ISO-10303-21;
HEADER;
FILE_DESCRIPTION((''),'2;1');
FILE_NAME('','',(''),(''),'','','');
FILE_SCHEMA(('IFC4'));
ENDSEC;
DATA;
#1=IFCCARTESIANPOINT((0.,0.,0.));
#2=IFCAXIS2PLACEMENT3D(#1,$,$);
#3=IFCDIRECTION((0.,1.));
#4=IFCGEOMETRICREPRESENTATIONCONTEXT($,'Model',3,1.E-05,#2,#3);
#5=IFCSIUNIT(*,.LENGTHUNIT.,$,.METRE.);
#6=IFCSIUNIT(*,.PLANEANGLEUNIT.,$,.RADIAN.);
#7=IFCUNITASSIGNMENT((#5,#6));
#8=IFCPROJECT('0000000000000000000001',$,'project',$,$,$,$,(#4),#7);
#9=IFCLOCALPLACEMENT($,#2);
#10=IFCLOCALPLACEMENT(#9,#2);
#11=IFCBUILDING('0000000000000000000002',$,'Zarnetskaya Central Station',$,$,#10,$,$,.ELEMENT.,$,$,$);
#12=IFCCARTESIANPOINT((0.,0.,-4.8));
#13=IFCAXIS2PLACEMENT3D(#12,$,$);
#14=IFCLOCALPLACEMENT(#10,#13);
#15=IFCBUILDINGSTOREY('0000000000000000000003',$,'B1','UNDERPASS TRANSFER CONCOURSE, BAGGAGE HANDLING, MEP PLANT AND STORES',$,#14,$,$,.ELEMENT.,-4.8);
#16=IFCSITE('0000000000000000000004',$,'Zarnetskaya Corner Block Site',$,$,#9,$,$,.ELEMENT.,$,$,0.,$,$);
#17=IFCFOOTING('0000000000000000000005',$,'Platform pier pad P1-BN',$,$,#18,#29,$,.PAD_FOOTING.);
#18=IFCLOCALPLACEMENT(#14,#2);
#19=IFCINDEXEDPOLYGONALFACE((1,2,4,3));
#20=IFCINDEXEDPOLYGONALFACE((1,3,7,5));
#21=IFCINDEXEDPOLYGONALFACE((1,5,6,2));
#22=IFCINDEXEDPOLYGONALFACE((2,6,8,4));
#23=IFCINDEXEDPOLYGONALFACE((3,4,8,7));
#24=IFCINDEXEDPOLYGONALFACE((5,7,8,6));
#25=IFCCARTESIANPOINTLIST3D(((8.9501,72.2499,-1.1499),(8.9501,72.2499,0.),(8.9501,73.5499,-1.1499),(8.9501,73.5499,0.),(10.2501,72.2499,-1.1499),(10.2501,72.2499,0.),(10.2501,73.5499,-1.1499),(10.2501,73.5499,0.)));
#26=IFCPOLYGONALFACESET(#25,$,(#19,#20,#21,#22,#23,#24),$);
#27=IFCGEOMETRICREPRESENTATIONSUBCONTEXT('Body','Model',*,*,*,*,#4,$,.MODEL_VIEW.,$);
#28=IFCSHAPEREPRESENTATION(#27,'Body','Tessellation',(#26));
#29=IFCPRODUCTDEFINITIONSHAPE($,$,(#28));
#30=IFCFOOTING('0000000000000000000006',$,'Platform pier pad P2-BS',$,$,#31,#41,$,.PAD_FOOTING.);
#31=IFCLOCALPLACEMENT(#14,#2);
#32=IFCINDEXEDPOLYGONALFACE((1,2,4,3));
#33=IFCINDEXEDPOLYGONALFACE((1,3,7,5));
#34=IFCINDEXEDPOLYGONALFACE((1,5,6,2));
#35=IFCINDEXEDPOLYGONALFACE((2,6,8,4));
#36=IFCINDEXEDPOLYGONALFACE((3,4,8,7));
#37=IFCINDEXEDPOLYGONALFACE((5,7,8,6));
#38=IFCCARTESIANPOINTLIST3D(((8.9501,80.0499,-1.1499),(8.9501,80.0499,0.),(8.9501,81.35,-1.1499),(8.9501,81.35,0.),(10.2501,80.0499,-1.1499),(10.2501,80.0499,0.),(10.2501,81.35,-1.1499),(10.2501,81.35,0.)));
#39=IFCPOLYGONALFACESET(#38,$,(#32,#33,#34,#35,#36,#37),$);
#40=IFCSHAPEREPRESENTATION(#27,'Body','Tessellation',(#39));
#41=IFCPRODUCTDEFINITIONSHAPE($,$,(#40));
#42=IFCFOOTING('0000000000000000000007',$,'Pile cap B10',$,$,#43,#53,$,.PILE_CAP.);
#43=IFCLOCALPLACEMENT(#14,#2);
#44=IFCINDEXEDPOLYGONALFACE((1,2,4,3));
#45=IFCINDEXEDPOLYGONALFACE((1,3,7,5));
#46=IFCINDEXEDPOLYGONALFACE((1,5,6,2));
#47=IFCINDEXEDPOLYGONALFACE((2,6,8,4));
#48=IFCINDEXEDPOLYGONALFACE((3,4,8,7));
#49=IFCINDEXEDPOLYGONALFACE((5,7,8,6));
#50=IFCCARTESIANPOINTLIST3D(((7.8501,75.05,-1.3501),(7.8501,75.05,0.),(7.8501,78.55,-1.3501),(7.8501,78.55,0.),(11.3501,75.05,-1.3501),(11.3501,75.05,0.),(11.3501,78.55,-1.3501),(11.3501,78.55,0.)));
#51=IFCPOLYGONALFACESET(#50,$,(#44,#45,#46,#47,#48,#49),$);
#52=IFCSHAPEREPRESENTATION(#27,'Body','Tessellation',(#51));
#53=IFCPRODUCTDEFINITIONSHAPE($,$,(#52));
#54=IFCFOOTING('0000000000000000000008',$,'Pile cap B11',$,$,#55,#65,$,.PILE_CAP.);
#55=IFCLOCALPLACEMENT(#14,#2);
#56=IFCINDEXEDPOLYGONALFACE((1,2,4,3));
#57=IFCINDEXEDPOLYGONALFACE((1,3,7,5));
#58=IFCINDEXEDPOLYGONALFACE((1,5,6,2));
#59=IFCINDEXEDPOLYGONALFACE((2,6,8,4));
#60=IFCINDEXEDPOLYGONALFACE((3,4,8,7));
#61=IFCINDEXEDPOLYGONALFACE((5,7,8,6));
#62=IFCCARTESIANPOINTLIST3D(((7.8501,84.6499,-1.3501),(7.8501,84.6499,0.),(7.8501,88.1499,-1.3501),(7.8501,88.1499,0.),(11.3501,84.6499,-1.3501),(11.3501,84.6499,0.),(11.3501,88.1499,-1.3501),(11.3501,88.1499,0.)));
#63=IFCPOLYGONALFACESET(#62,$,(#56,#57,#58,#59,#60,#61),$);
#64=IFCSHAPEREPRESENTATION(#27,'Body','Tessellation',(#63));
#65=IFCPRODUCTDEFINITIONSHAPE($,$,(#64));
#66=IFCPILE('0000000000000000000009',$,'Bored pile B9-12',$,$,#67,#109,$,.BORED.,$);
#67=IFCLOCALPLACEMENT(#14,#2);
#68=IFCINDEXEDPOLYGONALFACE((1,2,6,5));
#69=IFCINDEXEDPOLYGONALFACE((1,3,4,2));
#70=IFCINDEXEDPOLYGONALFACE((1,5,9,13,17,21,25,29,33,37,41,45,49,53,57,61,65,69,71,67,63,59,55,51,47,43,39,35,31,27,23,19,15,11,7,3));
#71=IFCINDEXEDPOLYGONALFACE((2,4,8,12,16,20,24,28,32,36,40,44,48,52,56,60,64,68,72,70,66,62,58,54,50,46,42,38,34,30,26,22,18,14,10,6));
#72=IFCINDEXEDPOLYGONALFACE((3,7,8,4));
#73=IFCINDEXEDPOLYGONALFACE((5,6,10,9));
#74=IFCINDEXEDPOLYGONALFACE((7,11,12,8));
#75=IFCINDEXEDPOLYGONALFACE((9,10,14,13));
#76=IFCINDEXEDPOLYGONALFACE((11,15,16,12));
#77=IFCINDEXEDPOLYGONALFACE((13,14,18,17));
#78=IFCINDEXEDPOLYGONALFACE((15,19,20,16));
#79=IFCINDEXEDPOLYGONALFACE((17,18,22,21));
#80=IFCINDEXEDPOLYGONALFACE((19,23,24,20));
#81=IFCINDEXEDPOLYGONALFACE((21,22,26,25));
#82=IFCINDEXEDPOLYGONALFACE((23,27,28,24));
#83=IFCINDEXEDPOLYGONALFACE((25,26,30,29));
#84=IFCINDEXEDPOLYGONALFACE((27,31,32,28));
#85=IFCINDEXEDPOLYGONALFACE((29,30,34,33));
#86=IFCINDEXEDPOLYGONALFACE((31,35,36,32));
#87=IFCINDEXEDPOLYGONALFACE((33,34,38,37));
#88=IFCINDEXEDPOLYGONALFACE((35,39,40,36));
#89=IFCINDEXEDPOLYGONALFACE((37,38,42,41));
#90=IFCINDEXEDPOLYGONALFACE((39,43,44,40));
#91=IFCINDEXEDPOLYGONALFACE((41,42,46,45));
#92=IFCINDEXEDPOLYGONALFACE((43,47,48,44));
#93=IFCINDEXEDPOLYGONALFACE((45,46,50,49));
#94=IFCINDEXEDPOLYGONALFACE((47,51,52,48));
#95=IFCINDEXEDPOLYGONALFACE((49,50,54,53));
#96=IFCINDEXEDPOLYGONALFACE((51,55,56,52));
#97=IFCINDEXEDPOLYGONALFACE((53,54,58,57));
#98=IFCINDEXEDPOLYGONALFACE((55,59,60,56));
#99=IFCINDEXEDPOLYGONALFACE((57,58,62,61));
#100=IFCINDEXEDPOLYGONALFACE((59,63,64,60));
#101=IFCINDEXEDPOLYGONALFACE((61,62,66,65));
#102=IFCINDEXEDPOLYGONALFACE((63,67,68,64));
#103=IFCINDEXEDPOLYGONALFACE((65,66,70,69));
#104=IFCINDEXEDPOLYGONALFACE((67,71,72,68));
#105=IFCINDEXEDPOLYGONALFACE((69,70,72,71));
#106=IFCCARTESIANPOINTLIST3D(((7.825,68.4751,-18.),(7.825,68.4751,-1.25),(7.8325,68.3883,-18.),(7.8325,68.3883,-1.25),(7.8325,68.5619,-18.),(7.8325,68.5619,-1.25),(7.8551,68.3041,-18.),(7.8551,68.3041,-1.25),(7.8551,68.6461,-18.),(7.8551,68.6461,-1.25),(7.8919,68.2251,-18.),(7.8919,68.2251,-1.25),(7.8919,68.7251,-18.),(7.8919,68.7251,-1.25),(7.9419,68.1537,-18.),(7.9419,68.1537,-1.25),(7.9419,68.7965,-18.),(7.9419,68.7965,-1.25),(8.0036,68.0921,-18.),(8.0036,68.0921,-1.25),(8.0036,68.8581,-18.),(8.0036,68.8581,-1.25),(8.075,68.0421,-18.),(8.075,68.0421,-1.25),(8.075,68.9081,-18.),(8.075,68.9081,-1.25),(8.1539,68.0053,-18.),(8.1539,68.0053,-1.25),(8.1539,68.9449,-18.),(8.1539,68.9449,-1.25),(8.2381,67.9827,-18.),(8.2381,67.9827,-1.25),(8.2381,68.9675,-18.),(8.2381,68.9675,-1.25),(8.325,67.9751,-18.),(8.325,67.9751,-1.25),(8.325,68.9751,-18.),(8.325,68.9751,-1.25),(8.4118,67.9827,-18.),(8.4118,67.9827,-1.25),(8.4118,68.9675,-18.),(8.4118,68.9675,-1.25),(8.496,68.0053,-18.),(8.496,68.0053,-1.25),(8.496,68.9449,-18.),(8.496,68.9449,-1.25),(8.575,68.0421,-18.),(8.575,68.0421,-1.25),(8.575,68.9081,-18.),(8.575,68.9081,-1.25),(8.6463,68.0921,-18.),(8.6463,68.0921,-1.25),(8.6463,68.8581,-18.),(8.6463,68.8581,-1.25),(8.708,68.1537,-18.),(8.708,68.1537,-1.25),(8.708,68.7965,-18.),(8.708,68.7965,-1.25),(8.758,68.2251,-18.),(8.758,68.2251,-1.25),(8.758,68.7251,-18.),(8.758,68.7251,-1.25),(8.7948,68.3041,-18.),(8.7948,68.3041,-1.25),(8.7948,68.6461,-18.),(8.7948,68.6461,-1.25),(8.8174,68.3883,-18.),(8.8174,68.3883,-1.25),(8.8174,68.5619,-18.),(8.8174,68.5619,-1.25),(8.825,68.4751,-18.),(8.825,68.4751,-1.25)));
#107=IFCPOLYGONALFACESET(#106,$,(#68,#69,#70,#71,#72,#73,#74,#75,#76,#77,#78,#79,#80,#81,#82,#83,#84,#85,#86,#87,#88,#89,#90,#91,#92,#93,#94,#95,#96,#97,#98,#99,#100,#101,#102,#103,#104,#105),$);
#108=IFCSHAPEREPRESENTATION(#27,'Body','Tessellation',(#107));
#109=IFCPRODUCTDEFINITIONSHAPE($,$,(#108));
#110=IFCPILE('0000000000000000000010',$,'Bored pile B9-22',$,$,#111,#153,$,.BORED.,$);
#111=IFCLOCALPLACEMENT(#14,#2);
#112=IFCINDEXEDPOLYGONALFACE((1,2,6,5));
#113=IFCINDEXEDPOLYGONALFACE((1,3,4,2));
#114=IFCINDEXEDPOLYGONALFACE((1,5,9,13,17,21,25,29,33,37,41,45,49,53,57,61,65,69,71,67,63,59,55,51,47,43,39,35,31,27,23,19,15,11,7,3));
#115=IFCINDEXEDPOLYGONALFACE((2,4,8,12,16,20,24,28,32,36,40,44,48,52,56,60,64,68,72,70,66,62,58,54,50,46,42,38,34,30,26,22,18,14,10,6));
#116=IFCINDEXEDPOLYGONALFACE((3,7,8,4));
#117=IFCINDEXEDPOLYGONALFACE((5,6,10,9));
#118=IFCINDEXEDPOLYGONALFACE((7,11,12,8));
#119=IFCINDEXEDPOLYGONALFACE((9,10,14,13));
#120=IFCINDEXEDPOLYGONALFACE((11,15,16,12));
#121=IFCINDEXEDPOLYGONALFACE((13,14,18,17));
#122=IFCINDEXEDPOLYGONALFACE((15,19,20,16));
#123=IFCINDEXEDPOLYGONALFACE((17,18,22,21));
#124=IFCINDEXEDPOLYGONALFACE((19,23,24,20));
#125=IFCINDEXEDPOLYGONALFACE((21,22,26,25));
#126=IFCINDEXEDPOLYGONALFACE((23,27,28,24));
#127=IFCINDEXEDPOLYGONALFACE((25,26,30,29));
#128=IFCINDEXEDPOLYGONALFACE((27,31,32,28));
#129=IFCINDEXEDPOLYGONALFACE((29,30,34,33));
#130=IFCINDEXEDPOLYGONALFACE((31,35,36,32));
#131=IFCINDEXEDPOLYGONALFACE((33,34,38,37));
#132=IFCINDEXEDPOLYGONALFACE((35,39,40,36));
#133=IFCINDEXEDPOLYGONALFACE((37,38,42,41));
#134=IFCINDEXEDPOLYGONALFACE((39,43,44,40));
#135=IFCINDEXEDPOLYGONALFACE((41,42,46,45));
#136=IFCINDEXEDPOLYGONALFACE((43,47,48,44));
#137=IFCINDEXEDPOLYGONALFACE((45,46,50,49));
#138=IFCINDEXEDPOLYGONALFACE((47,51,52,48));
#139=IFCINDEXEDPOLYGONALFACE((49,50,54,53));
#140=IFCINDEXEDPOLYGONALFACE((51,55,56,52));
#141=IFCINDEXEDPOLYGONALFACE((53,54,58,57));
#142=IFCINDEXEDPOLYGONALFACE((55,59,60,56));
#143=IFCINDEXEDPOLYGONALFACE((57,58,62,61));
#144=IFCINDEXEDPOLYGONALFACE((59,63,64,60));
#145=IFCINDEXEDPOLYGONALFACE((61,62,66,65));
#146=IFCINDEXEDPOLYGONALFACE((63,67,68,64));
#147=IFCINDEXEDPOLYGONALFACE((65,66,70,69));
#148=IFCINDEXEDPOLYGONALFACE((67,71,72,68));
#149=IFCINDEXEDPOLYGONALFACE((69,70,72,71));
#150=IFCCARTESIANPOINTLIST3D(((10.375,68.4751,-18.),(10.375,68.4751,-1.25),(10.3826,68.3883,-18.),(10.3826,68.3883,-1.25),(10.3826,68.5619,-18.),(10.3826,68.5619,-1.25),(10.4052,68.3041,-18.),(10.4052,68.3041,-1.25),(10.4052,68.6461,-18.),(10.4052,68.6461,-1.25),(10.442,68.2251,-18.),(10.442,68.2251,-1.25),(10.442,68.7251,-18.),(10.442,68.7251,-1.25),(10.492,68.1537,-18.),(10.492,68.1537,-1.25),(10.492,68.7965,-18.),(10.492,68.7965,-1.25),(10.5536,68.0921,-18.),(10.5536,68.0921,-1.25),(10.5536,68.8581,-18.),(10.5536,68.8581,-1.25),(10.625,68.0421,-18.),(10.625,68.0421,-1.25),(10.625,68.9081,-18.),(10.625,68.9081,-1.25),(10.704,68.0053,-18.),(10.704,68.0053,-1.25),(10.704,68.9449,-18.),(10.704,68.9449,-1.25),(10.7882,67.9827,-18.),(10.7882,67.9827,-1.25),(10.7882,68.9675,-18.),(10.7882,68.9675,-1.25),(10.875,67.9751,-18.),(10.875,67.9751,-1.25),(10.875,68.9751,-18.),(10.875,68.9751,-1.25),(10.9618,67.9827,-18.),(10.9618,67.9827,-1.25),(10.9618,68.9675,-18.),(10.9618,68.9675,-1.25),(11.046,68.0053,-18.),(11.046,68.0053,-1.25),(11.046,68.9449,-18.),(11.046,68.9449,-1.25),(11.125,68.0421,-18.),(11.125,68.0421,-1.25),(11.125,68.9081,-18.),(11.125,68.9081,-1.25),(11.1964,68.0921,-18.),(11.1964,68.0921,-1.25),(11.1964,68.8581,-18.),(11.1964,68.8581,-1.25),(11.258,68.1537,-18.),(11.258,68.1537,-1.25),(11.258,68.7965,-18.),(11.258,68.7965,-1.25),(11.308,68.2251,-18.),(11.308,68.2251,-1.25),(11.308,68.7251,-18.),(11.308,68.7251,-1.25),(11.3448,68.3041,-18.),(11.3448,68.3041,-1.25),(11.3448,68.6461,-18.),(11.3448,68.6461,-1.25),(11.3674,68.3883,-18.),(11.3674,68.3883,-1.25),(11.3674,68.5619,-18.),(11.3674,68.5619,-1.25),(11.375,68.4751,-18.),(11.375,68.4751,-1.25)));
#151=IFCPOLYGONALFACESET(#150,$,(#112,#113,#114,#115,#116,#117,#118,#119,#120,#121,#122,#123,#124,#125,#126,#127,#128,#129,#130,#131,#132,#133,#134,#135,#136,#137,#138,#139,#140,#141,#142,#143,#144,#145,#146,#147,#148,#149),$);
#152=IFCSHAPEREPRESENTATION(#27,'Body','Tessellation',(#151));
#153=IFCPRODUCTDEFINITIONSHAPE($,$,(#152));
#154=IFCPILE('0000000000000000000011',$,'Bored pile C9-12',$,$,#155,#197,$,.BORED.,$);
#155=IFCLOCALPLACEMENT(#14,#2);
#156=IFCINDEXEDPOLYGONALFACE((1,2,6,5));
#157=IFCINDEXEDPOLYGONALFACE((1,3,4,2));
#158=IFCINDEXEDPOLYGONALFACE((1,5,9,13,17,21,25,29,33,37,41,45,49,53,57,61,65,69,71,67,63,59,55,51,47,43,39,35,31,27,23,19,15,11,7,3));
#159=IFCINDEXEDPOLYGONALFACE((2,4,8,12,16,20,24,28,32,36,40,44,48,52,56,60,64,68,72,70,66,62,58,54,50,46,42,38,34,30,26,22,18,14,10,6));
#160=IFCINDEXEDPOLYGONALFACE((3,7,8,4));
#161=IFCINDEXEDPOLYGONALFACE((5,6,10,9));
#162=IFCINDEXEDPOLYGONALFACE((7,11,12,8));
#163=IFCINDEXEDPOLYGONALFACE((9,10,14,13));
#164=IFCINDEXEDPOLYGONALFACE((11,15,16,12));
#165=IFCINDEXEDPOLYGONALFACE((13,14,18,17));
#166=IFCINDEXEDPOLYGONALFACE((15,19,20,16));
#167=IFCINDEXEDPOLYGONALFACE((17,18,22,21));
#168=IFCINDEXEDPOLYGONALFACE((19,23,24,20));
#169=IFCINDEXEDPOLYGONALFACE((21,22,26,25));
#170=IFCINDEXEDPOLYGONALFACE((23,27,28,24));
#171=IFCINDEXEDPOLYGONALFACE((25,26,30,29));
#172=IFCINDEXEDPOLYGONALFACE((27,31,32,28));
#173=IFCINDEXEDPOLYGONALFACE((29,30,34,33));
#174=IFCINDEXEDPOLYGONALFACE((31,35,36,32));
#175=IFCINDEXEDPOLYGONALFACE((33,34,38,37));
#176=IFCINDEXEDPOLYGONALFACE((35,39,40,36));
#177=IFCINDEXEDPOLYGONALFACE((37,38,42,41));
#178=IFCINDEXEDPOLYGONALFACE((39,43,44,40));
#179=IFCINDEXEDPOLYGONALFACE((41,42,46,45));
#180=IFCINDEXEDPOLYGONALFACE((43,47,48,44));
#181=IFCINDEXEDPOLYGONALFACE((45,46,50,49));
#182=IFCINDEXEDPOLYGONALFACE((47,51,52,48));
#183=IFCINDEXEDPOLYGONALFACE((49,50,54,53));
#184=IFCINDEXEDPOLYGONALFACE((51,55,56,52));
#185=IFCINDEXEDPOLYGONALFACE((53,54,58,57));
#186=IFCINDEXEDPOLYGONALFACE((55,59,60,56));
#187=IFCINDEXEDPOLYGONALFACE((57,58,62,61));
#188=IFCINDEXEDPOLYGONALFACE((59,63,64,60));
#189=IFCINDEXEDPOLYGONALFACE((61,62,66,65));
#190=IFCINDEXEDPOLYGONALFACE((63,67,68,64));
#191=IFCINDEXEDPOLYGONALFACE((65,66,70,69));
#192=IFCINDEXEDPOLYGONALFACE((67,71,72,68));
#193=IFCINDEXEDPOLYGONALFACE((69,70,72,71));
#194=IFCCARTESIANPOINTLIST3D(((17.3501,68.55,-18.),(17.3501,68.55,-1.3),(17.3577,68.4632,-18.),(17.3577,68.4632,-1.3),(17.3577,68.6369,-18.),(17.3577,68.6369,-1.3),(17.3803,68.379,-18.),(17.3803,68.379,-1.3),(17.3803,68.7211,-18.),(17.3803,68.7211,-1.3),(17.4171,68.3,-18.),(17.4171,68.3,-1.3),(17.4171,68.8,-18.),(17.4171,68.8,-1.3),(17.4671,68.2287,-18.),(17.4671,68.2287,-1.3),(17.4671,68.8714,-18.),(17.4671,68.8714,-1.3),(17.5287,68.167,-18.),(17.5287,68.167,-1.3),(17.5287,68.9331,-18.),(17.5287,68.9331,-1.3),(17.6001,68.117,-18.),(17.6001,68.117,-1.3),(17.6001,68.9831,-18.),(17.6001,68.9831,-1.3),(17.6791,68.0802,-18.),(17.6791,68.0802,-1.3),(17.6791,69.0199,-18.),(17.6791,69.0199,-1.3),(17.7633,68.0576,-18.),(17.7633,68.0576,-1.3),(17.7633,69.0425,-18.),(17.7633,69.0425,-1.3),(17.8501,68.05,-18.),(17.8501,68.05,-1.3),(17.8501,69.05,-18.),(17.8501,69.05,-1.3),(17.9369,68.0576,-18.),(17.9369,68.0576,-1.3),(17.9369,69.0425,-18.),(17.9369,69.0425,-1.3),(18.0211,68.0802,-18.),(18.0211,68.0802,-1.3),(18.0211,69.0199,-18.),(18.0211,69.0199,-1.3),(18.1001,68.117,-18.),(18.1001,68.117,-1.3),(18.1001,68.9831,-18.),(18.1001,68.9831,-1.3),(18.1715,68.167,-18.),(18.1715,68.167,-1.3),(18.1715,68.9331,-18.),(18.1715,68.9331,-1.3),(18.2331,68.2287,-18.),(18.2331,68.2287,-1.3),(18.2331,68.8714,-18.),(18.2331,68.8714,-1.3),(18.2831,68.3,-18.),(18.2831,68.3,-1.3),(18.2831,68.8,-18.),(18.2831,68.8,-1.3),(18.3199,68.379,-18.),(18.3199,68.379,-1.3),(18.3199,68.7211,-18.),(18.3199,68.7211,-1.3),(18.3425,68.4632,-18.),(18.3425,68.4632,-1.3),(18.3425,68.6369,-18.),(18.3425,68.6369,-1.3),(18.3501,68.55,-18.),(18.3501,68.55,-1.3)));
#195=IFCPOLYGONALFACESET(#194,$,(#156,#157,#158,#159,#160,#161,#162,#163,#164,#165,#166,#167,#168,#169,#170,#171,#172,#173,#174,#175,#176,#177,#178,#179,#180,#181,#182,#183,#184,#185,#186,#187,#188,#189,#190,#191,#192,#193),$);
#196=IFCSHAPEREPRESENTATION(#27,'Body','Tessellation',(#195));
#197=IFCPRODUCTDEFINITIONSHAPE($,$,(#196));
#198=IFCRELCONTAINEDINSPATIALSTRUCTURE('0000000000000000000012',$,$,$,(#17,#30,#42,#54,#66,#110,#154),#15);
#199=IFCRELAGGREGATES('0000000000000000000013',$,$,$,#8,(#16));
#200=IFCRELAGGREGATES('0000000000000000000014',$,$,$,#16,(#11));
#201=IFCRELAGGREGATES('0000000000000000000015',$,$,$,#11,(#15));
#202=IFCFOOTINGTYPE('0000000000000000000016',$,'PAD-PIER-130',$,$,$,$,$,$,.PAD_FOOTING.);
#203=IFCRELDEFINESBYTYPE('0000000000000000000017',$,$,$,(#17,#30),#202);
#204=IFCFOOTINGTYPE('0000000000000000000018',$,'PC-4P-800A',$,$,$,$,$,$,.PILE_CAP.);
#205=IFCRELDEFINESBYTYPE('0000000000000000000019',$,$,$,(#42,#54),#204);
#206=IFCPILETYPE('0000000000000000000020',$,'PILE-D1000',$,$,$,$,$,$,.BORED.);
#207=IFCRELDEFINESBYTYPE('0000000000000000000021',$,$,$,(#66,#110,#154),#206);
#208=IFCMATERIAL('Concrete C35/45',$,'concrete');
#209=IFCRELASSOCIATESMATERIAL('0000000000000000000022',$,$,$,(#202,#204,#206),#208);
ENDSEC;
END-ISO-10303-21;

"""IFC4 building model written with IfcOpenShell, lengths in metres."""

from ifc_helpers import new_model, si_unit, direction, frame, origin, origin_2d, place, context, subcontext, project, spatial, rectangle, circle, extrude, material, material_profile, profile_set, type_object, element, save


model = new_model("IFC4")

# Units and contexts
model_context = context("Model", 3, precision=1e-05, world=origin(), true_north=direction((0.0, 1.0)))
body_context = subcontext(model_context, "Body", "Model", "MODEL_VIEW")
ifc_project = project(units=[si_unit("LENGTHUNIT", "METRE"), si_unit("PLANEANGLEUNIT", "RADIAN")], contexts=[model_context])

# Site, building, storey
site_placement = place(None, origin())
site = spatial("IfcSite", under=ifc_project, at=site_placement, Name="Zarnetskaya Corner Block Site", CompositionType="ELEMENT", RefElevation=0.0)
building_placement = place(site_placement, origin())
building = spatial("IfcBuilding", under=site, at=building_placement, Name="Zarnetskaya Central Station", CompositionType="ELEMENT")
storey_placement = place(building_placement, frame((0.0, 0.0, -4.8)))
storey = spatial("IfcBuildingStorey", under=building, at=storey_placement, Name="B1", Description="UNDERPASS TRANSFER CONCOURSE, BAGGAGE HANDLING, MEP PLANT AND STORES", CompositionType="ELEMENT", Elevation=-4.8)

# Footings
ifc_material = material(Name="Concrete C35/45", Category="concrete")
footing_type_1 = type_object("IfcFootingType", Name="PAD-PIER-130", PredefinedType="PAD_FOOTING", material=ifc_material)
for number, where, z_axis, x_axis, name in (
    (1, (9.6001, 72.8999, -1.1499), (0.0, 0.0, 1.0), (1.0, 0.0, 0.0), "Platform pier pad P1-BN"),
    (2, (9.6001, 80.7, -1.1499), (0.0, 0.0, 1.0), (1.0, 0.0, 0.0), "Platform pier pad P2-BS"),
):
    element("IfcFooting", number, at=place(storey_placement, frame(where, z_axis=z_axis, x_axis=x_axis)), inside=storey, type_object=footing_type_1, Name=name, PredefinedType="PAD_FOOTING", context=body_context, shape_type="SweptSolid", body=[
        extrude(rectangle(XDim=1.3, YDim=1.3, at=origin_2d()), origin(), (0.0, 0.0, 1.0), 1.1499),
    ])
footing_type_2 = type_object("IfcFootingType", Name="PC-4P-800A", PredefinedType="PILE_CAP", material=ifc_material)
for number, where, z_axis, x_axis, name in (
    (3, (9.6001, 76.8, -1.3501), (0.0, 0.0, 1.0), (1.0, 0.0, 0.0), "Pile cap B10"),
    (4, (9.6001, 86.3999, -1.3501), (0.0, 0.0, 1.0), (1.0, 0.0, 0.0), "Pile cap B11"),
):
    element("IfcFooting", number, at=place(storey_placement, frame(where, z_axis=z_axis, x_axis=x_axis)), inside=storey, type_object=footing_type_2, Name=name, PredefinedType="PILE_CAP", context=body_context, shape_type="SweptSolid", body=[
        extrude(rectangle(XDim=3.5, YDim=3.5, at=origin_2d()), origin(), (0.0, 0.0, 1.0), 1.3501),
    ])

# Piles
ifc_material_profile_1 = material_profile(ifc_material, circle(Radius=0.5, at=origin_2d()), Name="BORED PILE D1000")
ifc_profile_set_1 = profile_set([ifc_material_profile_1], Name="Concrete C35/45")
pile_type_1 = type_object("IfcPileType", Name="PILE-D1000", PredefinedType="BORED", material=ifc_profile_set_1)
for number, where, z_axis, x_axis, name in (
    (5, (8.325, 68.4751, -1.25), (0.0, 0.0, -1.0), (1.0, 0.0, 0.0), "Bored pile B9-12"),
    (6, (10.875, 68.4751, -1.25), (0.0, 0.0, -1.0), (1.0, 0.0, 0.0), "Bored pile B9-22"),
):
    element("IfcPile", number, at=place(storey_placement, frame(where, z_axis=z_axis, x_axis=x_axis)), inside=storey, type_object=pile_type_1, Name=name, PredefinedType="BORED", context=body_context, shape_type="SweptSolid", body=[
        extrude(circle(Radius=0.5, at=origin_2d()), origin(), (0.0, 0.0, 1.0), 16.75),
    ])
pile_placement = place(storey_placement, frame((17.8501, 68.55, -1.3), z_axis=(0.0, 0.0, -1.0), x_axis=(1.0, 0.0, 0.0)))
element("IfcPile", 7, at=pile_placement, inside=storey, type_object=pile_type_1, Name="Bored pile C9-12", PredefinedType="BORED", context=body_context, shape_type="SweptSolid", body=[
    extrude(circle(Radius=0.5, at=origin_2d()), origin(), (0.0, 0.0, 1.0), 16.7),
])

save(model, "model.ifc")
